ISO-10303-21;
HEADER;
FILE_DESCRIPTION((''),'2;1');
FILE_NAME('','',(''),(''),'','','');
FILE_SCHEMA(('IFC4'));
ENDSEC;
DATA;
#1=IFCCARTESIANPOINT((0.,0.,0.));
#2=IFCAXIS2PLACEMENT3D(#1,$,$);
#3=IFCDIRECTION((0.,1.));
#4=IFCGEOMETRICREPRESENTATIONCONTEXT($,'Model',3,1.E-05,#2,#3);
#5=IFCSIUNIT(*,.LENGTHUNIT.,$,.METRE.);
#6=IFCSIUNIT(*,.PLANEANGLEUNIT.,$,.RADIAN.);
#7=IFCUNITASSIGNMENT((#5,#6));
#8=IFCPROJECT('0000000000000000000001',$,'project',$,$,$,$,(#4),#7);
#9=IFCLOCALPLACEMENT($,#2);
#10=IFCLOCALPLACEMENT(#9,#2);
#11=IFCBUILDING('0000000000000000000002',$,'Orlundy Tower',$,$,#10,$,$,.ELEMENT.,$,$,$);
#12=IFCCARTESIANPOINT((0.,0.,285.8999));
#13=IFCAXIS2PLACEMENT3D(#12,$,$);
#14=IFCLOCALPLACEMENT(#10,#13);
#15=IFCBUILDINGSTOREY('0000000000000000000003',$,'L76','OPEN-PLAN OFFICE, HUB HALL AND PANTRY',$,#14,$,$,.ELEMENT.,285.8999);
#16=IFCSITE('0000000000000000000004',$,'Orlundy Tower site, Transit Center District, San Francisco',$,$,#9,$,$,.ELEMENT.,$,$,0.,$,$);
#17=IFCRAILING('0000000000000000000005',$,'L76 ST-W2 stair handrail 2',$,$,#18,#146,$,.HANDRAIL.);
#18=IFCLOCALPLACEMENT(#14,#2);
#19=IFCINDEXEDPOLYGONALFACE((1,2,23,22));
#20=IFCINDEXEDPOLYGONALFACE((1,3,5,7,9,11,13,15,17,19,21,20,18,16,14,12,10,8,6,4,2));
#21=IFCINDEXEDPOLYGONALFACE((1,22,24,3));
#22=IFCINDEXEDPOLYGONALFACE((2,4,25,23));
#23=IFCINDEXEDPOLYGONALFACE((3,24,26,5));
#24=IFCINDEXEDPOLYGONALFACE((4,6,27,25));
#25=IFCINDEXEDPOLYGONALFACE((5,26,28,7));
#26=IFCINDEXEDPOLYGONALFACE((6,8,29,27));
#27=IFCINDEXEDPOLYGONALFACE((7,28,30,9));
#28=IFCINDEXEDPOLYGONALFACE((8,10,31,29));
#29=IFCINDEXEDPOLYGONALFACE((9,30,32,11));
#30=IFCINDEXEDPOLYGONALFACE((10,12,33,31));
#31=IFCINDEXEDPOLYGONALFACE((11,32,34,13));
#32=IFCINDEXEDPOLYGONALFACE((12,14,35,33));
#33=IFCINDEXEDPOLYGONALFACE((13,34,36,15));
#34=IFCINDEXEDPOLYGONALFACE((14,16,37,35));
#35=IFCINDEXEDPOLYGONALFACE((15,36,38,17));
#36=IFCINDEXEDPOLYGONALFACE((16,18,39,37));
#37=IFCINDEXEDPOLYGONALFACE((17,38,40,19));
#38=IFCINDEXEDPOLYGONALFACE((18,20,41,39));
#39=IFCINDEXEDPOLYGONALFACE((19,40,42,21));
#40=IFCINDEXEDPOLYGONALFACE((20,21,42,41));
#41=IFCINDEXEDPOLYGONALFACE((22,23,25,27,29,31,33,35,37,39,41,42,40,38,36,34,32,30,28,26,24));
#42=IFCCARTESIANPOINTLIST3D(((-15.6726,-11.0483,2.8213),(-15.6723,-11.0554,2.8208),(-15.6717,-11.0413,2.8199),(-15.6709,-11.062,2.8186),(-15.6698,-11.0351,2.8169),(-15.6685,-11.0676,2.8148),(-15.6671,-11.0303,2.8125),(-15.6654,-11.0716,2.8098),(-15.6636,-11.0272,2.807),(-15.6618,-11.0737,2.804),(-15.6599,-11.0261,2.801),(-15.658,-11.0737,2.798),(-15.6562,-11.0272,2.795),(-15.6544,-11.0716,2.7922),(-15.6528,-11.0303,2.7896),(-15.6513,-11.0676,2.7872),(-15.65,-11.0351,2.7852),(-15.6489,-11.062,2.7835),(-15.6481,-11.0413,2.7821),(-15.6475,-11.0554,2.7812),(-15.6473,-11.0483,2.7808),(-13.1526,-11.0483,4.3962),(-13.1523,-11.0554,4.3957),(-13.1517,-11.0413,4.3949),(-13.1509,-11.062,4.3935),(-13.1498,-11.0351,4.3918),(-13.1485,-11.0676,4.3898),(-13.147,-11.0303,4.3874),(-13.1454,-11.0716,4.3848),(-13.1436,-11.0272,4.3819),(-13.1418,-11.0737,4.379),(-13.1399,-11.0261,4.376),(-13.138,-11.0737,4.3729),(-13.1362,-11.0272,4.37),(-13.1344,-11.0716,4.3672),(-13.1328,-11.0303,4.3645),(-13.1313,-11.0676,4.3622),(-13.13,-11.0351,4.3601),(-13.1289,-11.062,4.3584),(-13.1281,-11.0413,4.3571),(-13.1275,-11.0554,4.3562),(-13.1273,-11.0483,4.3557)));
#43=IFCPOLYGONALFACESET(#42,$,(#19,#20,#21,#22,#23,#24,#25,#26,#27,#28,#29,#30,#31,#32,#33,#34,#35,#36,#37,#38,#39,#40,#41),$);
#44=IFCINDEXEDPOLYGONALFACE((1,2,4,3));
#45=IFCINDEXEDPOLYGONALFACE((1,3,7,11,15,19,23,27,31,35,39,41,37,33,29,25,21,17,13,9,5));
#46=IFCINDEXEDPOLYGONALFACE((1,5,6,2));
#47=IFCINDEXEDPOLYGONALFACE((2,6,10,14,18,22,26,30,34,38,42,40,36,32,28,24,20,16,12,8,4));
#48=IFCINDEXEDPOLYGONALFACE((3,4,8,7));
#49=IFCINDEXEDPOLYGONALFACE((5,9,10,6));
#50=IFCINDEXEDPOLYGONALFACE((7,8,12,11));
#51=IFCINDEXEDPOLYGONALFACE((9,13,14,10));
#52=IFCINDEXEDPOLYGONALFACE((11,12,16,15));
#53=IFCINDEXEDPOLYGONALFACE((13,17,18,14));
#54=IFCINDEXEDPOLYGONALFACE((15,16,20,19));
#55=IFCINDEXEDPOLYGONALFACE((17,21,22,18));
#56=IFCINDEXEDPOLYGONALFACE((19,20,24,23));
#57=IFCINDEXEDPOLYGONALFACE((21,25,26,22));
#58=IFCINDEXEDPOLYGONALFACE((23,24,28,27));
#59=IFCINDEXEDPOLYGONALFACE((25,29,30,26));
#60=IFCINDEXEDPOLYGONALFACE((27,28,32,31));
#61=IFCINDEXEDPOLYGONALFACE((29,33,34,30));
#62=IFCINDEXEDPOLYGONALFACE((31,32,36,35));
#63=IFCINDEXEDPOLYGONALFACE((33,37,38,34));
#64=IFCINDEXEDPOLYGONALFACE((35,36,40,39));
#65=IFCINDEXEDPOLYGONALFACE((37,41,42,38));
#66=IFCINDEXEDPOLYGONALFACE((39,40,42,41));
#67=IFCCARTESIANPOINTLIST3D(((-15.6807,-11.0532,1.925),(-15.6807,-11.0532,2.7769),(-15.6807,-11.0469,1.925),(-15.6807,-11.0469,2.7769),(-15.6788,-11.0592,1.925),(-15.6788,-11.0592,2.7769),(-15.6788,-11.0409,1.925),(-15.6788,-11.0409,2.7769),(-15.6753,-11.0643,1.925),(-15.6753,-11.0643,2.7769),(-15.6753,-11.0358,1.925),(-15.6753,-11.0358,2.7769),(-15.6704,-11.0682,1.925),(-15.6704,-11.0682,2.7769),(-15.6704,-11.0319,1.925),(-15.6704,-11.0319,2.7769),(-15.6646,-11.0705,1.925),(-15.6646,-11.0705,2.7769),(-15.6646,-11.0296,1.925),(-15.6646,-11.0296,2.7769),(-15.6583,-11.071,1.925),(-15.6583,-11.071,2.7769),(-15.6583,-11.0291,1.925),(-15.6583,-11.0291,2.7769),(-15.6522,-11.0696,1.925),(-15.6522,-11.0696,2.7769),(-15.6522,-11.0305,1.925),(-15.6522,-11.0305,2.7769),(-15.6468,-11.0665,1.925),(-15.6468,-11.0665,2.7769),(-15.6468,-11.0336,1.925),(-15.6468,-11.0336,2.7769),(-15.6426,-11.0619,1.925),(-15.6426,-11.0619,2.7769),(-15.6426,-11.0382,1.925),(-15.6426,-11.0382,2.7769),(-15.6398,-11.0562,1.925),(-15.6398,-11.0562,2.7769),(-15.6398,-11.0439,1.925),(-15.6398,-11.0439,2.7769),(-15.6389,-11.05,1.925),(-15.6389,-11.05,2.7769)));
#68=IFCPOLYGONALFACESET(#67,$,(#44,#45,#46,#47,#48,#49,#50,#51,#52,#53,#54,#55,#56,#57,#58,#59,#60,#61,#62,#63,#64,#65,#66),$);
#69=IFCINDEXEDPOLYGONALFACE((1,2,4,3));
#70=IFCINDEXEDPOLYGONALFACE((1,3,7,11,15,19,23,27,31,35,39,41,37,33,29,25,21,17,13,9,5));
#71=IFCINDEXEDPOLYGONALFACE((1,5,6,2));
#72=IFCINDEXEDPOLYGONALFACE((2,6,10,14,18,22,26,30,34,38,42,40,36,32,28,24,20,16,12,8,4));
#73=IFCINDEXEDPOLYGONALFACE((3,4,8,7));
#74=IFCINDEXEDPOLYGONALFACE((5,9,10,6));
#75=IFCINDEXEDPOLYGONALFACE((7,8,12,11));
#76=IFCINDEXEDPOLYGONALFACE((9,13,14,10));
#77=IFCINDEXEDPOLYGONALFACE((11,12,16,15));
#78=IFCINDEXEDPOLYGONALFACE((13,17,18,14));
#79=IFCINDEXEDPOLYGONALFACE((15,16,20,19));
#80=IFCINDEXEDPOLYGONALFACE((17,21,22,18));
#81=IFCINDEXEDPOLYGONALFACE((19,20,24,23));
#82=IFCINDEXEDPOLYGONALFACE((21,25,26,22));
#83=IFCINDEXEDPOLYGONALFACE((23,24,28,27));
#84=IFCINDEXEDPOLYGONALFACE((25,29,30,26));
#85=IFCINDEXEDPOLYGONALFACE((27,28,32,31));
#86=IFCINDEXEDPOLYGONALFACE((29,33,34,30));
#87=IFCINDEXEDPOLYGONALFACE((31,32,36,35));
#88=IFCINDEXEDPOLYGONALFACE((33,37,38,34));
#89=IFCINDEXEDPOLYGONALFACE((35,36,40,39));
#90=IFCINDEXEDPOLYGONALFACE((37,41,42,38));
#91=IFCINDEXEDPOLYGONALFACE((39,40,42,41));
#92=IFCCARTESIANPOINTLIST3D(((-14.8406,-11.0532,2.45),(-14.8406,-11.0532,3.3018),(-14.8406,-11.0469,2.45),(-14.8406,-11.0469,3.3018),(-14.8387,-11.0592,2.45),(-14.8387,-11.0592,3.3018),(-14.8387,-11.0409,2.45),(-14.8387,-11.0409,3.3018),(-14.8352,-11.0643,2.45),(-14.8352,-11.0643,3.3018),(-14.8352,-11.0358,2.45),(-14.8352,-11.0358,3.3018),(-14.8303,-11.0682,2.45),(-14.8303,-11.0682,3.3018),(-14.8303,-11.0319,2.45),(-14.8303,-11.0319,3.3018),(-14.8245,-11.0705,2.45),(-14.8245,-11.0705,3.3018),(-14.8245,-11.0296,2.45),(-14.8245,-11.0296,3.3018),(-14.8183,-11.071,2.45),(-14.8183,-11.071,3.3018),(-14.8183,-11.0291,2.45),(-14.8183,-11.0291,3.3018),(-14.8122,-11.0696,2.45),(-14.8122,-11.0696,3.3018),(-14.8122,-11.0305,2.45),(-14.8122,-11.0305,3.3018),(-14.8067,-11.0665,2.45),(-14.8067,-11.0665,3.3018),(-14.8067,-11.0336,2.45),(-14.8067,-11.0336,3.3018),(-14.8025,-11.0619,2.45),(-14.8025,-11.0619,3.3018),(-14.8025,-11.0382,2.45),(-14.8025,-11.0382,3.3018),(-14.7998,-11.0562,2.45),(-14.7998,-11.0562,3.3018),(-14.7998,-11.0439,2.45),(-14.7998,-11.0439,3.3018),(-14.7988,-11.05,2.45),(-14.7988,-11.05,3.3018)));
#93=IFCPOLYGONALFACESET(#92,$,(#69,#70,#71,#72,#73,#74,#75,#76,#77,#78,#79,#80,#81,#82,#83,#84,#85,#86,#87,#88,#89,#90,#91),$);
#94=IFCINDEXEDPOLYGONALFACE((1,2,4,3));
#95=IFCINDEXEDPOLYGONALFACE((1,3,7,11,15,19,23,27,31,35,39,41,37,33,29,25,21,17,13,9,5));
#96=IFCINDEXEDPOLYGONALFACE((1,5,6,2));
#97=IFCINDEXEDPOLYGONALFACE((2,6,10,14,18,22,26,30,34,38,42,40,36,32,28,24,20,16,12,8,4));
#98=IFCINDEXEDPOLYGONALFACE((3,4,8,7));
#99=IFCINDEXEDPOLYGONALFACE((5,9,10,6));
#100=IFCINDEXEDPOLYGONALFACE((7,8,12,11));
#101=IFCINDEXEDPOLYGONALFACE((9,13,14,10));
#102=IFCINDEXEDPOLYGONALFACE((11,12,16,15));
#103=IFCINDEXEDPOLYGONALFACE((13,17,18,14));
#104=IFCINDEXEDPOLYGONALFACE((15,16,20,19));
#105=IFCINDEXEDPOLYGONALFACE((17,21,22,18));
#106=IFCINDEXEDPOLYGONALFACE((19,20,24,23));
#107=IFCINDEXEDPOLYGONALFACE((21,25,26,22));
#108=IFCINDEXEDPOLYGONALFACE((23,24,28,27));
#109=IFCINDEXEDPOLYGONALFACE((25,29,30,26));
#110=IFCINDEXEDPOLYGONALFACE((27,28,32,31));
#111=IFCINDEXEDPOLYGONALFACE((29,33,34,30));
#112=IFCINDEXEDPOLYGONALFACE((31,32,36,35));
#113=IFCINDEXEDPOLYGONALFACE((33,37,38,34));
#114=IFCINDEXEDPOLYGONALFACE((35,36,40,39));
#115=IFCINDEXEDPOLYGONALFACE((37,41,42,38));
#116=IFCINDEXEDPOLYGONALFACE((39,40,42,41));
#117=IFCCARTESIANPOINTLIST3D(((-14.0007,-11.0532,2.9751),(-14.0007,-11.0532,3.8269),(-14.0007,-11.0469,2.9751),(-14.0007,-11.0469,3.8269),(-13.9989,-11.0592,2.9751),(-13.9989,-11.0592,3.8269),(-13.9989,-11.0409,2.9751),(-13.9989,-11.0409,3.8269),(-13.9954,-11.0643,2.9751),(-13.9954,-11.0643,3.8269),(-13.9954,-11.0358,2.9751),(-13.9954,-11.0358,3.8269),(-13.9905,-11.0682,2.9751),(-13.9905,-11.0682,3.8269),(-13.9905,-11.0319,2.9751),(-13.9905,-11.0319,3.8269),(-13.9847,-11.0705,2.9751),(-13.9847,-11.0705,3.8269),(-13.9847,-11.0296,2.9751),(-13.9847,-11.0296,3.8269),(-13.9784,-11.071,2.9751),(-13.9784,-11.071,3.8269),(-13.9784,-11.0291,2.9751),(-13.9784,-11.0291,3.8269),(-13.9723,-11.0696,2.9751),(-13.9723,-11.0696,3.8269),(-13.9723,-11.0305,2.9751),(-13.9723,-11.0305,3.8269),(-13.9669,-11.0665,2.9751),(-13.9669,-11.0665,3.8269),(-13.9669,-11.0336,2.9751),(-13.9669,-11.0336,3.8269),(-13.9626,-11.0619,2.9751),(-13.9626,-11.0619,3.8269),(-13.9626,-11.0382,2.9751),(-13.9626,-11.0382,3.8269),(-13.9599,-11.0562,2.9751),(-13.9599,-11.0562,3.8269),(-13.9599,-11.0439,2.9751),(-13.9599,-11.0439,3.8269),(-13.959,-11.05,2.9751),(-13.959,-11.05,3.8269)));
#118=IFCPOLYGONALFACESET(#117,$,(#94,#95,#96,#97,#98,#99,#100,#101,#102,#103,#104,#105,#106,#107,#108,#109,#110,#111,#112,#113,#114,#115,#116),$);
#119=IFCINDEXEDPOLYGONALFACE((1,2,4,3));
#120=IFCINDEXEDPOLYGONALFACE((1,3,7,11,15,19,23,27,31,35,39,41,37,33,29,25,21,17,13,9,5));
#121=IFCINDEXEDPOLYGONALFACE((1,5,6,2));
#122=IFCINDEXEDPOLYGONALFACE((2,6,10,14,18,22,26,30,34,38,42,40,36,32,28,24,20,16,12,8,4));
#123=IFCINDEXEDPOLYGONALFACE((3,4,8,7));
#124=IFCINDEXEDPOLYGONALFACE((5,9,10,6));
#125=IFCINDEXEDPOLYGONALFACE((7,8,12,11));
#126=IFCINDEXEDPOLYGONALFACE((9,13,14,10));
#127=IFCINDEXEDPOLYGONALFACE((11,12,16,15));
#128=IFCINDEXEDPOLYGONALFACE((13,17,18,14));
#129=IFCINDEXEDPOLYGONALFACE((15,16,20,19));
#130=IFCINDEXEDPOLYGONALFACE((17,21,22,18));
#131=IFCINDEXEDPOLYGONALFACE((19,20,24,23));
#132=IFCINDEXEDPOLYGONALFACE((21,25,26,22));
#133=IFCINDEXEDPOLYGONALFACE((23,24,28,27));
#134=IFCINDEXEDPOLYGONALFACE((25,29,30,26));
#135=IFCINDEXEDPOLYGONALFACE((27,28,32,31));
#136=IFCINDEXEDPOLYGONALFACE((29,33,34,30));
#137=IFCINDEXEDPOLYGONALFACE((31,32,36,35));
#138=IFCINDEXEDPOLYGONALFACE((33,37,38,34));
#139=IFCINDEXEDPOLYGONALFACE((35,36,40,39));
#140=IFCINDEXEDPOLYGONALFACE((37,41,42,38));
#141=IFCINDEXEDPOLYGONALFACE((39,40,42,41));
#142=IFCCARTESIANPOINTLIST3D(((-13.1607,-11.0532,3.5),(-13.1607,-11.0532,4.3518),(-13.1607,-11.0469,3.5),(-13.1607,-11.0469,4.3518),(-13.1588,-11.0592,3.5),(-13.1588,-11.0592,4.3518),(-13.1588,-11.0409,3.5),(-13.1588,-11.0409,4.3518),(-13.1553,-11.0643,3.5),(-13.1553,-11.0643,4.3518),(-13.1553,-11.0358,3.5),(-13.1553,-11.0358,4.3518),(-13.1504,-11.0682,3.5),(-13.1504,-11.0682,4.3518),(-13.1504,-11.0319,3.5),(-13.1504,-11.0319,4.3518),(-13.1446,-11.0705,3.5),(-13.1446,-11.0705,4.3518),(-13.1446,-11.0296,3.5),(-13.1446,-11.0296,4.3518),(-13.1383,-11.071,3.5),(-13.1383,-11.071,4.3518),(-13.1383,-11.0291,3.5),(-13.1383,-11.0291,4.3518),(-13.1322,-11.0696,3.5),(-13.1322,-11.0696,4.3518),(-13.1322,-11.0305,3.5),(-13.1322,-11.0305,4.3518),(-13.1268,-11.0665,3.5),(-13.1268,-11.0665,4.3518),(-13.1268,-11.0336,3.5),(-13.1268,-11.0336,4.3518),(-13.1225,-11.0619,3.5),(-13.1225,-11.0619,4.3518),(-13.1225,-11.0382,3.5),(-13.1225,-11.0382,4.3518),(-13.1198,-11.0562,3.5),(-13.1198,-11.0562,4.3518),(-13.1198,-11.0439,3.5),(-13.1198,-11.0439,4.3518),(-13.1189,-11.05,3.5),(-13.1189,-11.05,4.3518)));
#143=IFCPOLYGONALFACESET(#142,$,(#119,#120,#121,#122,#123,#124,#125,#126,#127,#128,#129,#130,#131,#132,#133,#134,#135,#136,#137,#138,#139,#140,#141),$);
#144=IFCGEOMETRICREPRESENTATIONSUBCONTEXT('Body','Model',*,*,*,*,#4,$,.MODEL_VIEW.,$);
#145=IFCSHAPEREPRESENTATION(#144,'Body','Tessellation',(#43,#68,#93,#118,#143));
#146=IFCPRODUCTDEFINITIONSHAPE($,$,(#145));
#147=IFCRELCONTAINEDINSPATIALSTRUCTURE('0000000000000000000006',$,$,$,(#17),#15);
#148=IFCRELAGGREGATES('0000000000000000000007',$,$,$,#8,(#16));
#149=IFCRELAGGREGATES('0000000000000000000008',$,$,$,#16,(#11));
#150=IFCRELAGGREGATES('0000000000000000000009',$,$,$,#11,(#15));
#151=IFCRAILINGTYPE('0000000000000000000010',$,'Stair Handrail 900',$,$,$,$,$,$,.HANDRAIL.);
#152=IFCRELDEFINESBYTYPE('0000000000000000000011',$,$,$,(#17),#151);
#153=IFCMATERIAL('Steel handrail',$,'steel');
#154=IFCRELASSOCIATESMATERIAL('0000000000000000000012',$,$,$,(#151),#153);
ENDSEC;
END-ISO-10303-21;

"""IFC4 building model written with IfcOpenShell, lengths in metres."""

from ifc_helpers import new_model, si_unit, direction, frame, origin, origin_2d, place, context, subcontext, project, spatial, circle, extrude, material, type_object, element, save


model = new_model("IFC4")

# Units and contexts
model_context = context("Model", 3, precision=1e-05, world=origin(), true_north=direction((0.0, 1.0)))
body_context = subcontext(model_context, "Body", "Model", "MODEL_VIEW")
ifc_project = project(units=[si_unit("LENGTHUNIT", "METRE"), si_unit("PLANEANGLEUNIT", "RADIAN")], contexts=[model_context])

# Site, building, storey
site_placement = place(None, origin())
site = spatial("IfcSite", under=ifc_project, at=site_placement, Name="Orlundy Tower site, Transit Center District, San Francisco", CompositionType="ELEMENT", RefElevation=0.0)
building_placement = place(site_placement, origin())
building = spatial("IfcBuilding", under=site, at=building_placement, Name="Orlundy Tower", CompositionType="ELEMENT")
storey_placement = place(building_placement, frame((0.0, 0.0, 285.8999)))
storey = spatial("IfcBuildingStorey", under=building, at=storey_placement, Name="L76", Description="OPEN-PLAN OFFICE, HUB HALL AND PANTRY", CompositionType="ELEMENT", Elevation=285.8999)

# Railing
ifc_material_1 = material(Name="Steel handrail", Category="steel")
railing_type_1 = type_object("IfcRailingType", Name="Stair Handrail 900", PredefinedType="HANDRAIL", material=ifc_material_1)
railing_1_placement = place(storey_placement, frame((-15.6599, -11.05, 1.925)))
element("IfcRailing", 1, at=railing_1_placement, inside=storey, type_object=railing_type_1, Name="L76 ST-W2 stair handrail 2", PredefinedType="HANDRAIL", context=body_context, shape_type="SweptSolid", body=[
    extrude(circle(Radius=0.0239, at=origin_2d()), frame((0.0, 0.0, 0.876), z_axis=(0.848008, 0.0, 0.529984), x_axis=(0.0, 1.0, 0.0)), (0.0, 0.0, 1.0), 2.9717),
    extrude(circle(Radius=0.021, at=origin_2d()), origin(), (0.0, 0.0, 1.0), 0.8518),
    extrude(circle(Radius=0.021, at=origin_2d()), frame((0.8401, 0.0, 0.5249)), (0.0, 0.0, 1.0), 0.8518),
    extrude(circle(Radius=0.021, at=origin_2d()), frame((1.6799, 0.0, 1.05)), (0.0, 0.0, 1.0), 0.8518),
    extrude(circle(Radius=0.021, at=origin_2d()), frame((2.52, 0.0, 1.575)), (0.0, 0.0, 1.0), 0.8518),
])

save(model, "model.ifc")
